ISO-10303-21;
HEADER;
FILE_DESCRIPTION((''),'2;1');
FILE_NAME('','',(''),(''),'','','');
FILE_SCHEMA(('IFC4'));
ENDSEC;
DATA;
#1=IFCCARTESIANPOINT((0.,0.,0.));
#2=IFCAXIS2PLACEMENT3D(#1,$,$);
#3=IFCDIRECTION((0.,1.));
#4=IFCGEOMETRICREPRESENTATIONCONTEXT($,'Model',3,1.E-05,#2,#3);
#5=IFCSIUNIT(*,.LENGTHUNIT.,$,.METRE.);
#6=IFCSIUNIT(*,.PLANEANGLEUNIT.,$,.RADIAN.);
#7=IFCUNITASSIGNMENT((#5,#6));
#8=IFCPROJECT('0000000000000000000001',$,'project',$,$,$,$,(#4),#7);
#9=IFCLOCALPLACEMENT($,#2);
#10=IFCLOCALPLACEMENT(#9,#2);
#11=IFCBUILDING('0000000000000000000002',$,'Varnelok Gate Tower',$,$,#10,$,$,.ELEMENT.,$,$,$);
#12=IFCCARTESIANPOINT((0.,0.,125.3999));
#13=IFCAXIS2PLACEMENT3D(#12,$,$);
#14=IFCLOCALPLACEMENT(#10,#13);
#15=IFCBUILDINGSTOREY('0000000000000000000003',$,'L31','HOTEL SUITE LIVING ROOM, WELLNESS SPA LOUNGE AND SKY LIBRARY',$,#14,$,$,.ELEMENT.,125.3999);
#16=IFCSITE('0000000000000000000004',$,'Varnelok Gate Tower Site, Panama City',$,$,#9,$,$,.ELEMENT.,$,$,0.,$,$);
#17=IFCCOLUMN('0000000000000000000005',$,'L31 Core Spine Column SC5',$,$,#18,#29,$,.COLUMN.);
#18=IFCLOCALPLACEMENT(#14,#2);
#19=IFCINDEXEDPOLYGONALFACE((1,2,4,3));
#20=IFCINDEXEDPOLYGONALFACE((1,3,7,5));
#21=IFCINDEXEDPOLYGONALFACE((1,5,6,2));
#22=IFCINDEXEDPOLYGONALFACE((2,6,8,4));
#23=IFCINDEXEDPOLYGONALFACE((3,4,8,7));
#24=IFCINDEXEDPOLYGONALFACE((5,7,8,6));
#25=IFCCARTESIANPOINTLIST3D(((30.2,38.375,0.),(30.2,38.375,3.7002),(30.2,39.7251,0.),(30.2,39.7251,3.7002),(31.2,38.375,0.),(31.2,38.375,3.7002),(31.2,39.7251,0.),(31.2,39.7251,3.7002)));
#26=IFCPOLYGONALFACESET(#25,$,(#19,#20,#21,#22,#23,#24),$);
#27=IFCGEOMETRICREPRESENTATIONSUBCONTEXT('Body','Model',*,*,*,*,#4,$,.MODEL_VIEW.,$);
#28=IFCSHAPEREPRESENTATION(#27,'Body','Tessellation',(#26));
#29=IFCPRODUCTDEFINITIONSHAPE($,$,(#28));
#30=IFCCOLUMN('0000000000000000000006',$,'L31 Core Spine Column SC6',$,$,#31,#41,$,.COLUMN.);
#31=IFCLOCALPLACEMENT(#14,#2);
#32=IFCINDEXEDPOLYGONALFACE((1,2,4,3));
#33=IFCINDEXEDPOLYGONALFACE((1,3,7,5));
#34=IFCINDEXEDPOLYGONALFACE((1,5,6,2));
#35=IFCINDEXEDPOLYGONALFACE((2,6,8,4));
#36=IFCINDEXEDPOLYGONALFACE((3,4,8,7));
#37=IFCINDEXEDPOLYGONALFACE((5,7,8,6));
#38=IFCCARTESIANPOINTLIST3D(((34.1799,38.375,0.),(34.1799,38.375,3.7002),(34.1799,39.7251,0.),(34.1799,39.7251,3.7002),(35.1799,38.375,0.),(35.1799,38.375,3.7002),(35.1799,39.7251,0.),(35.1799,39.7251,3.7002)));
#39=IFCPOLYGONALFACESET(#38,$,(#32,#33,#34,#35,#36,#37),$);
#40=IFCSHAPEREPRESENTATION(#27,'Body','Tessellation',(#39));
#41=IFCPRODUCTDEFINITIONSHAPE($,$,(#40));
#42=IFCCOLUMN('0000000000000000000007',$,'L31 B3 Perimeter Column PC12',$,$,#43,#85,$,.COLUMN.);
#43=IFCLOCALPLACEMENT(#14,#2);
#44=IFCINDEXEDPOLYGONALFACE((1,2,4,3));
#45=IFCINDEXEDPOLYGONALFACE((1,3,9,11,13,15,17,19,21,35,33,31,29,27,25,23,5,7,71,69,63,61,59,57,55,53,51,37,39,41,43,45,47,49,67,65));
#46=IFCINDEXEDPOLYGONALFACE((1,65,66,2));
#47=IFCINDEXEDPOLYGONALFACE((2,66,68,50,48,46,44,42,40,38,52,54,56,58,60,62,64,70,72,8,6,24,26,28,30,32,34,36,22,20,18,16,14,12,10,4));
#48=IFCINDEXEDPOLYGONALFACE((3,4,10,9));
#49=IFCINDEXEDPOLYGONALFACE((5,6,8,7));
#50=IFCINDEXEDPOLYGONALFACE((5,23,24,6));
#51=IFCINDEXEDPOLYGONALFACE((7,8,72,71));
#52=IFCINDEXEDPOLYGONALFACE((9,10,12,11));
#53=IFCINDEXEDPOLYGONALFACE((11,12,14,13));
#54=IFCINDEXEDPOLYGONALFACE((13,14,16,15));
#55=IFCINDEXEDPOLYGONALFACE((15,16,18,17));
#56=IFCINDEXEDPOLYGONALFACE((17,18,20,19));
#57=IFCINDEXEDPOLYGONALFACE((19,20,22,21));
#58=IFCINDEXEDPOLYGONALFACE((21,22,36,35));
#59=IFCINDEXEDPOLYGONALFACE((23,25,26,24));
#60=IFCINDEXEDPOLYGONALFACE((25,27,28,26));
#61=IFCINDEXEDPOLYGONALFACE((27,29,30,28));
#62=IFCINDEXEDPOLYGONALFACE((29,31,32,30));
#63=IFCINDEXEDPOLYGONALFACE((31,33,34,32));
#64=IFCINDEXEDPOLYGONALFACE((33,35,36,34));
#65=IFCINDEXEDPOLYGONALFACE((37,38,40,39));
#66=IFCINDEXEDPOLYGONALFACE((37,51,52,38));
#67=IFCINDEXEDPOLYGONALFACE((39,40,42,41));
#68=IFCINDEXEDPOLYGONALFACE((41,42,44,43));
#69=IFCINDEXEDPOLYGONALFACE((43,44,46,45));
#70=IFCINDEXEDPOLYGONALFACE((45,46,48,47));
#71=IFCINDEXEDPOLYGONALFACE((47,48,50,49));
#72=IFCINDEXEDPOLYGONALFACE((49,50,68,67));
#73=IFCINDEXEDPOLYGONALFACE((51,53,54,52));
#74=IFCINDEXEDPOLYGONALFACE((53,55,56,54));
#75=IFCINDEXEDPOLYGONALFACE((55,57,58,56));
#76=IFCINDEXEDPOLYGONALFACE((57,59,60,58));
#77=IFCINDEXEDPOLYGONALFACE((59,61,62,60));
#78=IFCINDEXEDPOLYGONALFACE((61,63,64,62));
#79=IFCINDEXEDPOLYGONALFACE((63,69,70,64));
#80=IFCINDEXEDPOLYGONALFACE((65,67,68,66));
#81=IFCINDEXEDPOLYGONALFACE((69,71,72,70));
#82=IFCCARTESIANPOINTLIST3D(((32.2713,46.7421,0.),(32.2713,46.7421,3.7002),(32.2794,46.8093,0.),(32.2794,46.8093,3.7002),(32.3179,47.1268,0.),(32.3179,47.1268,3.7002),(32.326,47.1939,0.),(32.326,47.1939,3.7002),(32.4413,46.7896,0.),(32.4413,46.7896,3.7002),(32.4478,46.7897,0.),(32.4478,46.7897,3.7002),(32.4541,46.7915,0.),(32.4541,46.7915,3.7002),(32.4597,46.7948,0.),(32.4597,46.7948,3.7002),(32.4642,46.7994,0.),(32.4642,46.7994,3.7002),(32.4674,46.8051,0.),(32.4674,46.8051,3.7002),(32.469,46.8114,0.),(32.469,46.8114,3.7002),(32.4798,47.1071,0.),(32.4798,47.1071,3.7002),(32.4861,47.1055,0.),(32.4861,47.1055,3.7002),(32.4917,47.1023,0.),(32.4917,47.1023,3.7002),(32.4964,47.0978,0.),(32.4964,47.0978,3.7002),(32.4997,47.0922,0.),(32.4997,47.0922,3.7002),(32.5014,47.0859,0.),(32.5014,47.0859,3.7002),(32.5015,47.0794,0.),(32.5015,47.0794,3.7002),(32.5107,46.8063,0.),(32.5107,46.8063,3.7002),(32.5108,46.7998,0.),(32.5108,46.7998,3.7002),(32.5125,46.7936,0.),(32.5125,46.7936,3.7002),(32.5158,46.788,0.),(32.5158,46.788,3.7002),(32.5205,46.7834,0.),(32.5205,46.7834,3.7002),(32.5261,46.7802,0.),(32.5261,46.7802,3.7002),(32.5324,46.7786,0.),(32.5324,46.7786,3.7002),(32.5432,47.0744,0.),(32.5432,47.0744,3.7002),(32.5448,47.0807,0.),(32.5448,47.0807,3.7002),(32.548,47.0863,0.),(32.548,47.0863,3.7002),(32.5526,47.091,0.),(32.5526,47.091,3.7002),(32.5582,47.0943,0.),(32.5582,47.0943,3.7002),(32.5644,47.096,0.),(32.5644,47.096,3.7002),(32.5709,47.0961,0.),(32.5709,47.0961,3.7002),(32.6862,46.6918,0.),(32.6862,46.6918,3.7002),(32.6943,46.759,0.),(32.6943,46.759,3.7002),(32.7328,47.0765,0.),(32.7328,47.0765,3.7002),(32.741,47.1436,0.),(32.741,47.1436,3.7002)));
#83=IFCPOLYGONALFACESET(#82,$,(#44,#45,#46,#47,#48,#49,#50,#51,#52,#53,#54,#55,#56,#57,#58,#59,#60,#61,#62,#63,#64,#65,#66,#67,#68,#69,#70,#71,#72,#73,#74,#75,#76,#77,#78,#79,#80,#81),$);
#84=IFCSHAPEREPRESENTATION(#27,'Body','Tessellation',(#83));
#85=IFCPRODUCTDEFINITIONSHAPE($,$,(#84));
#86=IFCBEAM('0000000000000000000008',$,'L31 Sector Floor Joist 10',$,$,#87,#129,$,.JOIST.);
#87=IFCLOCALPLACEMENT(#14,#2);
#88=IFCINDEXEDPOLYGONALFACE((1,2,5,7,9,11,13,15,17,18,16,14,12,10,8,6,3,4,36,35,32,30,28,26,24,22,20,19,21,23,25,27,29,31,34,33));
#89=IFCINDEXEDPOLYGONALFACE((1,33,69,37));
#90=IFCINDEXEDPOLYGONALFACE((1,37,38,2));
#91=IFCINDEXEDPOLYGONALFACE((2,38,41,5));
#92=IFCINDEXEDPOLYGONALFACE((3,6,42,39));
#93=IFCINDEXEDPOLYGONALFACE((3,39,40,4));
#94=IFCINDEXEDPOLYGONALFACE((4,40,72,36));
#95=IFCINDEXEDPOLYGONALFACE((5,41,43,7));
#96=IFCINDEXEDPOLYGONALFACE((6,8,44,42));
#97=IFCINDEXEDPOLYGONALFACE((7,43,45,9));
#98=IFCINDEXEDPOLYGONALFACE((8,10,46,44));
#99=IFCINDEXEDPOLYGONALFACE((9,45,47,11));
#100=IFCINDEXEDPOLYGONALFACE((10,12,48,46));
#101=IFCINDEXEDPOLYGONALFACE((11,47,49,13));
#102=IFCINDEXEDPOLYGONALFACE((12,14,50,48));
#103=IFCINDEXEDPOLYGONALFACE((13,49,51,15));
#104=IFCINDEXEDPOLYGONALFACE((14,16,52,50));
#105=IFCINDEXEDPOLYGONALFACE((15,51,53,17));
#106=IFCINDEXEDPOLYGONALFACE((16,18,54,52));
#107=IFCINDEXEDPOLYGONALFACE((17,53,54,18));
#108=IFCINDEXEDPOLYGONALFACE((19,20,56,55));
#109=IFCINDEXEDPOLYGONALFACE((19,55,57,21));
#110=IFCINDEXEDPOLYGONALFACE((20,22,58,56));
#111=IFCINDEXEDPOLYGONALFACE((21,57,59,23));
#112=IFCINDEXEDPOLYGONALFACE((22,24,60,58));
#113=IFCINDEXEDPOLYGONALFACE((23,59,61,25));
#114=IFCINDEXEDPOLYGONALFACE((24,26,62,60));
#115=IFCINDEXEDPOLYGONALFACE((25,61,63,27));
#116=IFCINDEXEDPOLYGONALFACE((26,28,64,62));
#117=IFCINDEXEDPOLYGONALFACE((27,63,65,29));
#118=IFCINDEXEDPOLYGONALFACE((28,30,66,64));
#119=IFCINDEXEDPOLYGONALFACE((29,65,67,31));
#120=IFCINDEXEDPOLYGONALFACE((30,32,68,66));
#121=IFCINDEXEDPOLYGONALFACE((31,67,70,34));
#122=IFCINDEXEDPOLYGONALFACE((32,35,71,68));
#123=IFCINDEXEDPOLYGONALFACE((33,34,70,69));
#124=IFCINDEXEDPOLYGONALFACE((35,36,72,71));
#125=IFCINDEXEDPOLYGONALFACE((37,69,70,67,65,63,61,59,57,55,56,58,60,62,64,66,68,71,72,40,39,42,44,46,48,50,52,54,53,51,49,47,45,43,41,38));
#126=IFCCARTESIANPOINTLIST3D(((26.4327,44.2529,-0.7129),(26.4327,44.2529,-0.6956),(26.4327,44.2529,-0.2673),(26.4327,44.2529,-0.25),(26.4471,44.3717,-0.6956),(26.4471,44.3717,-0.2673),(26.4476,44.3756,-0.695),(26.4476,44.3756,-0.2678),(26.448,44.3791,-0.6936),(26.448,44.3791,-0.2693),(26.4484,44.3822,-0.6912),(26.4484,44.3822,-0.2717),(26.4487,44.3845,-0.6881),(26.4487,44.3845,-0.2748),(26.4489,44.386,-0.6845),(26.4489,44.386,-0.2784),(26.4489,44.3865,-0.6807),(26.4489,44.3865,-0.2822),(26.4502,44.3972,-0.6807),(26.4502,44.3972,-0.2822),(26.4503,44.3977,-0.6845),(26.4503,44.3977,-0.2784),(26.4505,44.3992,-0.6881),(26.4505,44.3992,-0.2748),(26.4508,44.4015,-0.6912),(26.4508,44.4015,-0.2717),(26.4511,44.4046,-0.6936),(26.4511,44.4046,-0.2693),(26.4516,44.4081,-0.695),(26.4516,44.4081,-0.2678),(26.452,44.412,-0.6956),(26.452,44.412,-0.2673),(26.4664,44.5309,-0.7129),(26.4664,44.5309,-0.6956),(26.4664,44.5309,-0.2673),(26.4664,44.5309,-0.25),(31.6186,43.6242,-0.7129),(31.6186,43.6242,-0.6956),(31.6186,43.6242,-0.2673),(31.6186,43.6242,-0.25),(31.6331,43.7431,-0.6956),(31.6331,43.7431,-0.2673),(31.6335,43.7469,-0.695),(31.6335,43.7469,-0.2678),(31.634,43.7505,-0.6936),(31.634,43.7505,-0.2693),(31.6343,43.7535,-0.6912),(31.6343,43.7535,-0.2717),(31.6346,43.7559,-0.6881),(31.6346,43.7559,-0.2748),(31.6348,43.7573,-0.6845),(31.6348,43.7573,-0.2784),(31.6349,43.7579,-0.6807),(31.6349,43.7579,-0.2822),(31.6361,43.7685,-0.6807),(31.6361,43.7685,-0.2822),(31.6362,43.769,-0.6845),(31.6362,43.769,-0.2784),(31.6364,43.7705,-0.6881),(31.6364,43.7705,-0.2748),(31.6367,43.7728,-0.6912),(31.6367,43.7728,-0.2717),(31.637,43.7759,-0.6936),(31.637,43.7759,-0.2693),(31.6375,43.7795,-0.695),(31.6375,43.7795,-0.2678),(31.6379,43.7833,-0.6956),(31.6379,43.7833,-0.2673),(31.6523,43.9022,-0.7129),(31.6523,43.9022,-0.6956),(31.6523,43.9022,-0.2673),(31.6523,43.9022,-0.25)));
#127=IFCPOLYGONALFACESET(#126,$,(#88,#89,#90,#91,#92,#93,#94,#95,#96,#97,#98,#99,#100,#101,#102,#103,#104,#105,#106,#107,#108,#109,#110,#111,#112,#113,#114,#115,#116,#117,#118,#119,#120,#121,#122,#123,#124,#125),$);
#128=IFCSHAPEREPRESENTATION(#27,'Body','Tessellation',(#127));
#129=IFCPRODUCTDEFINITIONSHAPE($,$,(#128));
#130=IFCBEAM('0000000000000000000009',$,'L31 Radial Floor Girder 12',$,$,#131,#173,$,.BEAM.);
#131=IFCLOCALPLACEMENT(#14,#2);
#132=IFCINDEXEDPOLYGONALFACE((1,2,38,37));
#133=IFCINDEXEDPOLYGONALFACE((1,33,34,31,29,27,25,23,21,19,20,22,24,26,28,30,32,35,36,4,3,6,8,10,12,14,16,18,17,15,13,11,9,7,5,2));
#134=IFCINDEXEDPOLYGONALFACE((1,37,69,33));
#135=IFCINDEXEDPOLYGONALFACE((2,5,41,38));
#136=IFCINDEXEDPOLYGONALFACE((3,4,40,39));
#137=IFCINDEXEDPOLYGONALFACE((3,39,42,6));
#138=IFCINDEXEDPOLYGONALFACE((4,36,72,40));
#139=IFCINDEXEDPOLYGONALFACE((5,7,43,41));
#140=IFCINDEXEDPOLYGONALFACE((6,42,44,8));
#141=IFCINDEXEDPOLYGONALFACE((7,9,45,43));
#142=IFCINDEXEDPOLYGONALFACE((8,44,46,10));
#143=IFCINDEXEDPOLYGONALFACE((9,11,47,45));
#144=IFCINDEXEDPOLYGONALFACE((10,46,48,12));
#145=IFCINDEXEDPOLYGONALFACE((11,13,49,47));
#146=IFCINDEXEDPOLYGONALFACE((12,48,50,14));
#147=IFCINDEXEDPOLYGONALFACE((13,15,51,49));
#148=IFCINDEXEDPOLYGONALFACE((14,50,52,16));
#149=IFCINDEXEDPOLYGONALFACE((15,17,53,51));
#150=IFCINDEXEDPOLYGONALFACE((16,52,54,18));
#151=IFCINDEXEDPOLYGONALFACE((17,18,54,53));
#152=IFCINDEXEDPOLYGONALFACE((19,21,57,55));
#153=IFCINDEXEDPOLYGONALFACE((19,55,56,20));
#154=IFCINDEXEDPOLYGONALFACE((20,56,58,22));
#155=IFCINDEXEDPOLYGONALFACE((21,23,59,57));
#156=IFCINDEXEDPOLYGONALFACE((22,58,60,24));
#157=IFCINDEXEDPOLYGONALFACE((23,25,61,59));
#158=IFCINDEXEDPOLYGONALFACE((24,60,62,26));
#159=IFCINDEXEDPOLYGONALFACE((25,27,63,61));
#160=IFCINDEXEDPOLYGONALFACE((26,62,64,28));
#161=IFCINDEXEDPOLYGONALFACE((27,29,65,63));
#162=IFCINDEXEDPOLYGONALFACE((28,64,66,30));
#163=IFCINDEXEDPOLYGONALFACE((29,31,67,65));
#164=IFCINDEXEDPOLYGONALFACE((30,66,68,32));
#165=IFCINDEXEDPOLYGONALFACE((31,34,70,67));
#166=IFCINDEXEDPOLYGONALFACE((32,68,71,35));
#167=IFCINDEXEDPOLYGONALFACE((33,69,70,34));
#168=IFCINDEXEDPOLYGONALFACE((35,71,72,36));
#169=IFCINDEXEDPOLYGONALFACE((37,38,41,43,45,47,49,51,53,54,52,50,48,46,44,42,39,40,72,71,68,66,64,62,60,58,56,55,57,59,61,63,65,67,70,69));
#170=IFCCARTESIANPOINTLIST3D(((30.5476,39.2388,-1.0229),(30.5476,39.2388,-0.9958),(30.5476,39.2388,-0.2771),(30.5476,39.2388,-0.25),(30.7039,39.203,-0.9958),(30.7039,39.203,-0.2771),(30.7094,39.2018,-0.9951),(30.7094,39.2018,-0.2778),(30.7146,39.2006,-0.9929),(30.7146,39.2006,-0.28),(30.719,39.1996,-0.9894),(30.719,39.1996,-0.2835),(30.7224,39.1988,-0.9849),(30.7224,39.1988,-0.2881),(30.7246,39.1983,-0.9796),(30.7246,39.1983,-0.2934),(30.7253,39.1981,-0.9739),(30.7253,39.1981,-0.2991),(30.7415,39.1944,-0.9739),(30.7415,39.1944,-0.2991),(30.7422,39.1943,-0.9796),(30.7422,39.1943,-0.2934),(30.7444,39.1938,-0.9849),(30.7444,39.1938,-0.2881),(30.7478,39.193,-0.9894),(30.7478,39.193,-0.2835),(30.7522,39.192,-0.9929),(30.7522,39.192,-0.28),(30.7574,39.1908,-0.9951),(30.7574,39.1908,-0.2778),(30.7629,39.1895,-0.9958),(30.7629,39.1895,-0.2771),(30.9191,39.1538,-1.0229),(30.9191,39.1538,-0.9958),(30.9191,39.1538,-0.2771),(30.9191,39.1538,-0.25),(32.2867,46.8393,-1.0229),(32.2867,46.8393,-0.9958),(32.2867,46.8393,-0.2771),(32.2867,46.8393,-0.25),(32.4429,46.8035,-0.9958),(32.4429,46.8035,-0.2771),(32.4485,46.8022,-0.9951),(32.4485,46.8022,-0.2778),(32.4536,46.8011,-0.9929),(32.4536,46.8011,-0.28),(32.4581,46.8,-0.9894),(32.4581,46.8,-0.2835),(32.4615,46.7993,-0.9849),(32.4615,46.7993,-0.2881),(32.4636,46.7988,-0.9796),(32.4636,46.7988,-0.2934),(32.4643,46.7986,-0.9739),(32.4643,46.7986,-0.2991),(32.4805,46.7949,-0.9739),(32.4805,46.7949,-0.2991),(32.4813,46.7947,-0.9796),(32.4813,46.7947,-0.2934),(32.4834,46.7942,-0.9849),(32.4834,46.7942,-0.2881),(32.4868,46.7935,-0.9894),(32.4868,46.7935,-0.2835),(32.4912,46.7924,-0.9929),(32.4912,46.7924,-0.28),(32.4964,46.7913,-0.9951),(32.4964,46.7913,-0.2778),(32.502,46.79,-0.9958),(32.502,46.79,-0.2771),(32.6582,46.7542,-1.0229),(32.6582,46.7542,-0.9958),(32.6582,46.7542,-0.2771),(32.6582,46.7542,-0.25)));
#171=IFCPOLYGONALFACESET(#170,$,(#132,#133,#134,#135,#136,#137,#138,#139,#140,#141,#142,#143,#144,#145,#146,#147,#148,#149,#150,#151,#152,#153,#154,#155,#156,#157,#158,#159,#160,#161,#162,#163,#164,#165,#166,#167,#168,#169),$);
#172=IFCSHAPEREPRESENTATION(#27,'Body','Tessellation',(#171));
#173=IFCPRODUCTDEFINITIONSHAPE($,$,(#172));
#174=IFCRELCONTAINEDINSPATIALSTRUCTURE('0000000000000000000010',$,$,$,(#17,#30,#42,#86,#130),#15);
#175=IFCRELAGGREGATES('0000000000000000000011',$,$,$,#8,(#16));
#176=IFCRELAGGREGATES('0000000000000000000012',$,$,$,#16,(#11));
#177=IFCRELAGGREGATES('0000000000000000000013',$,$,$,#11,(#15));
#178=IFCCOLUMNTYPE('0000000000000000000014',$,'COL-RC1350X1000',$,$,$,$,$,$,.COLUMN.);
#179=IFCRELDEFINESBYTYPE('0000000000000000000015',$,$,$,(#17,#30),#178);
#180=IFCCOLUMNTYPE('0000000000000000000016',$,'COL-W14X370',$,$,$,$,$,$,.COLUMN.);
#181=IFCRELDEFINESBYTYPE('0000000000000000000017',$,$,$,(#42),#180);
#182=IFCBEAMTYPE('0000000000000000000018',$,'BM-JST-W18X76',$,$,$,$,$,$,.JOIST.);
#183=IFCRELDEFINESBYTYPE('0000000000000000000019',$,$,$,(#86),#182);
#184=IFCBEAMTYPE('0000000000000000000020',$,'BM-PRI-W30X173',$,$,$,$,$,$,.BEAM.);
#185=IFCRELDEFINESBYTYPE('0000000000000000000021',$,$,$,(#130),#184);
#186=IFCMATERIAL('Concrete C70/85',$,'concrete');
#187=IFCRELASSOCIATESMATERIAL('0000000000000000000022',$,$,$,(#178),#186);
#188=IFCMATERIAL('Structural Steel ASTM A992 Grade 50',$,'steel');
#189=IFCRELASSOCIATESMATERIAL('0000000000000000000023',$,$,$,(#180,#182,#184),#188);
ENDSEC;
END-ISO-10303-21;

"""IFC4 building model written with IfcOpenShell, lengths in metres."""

from ifc_helpers import new_model, si_unit, direction, frame, origin, origin_2d, place, context, subcontext, project, spatial, rectangle, i_section, extrude, material, material_profile, profile_set, type_object, element, save


model = new_model("IFC4")

# Units and contexts
model_context = context("Model", 3, precision=1e-05, world=origin(), true_north=direction((0.0, 1.0)))
body_context = subcontext(model_context, "Body", "Model", "MODEL_VIEW")
ifc_project = project(units=[si_unit("LENGTHUNIT", "METRE"), si_unit("PLANEANGLEUNIT", "RADIAN")], contexts=[model_context])

# Site, building, storey
site_placement = place(None, origin())
site = spatial("IfcSite", under=ifc_project, at=site_placement, Name="Varnelok Gate Tower Site, Panama City", CompositionType="ELEMENT", RefElevation=0.0)
building_placement = place(site_placement, origin())
building = spatial("IfcBuilding", under=site, at=building_placement, Name="Varnelok Gate Tower", CompositionType="ELEMENT")
storey_placement = place(building_placement, frame((0.0, 0.0, 125.3999)))
storey = spatial("IfcBuildingStorey", under=building, at=storey_placement, Name="L31", Description="HOTEL SUITE LIVING ROOM, WELLNESS SPA LOUNGE AND SKY LIBRARY", CompositionType="ELEMENT", Elevation=125.3999)

# Columns
ifc_material_1 = material(Name="Concrete C70/85", Category="concrete")
ifc_material_profile_1 = material_profile(ifc_material_1, rectangle(XDim=1.0, YDim=1.3501, at=origin_2d()), Name="RC1350X1000")
ifc_profile_set_1 = profile_set([ifc_material_profile_1], Name="Concrete C70/85")
column_type_1 = type_object("IfcColumnType", Name="COL-RC1350X1000", PredefinedType="COLUMN", material=ifc_profile_set_1)
for number, where, z_axis, x_axis, name in (
    (1, (30.7, 39.05, 0.0), (0.0, 0.0, 1.0), (1.0, 0.0, 0.0), "L31 Core Spine Column SC5"),
    (2, (34.6799, 39.05, 0.0), (0.0, 0.0, 1.0), (1.0, 0.0, 0.0), "L31 Core Spine Column SC6"),
):
    element("IfcColumn", number, at=place(storey_placement, frame(where, z_axis=z_axis, x_axis=x_axis)), inside=storey, type_object=column_type_1, Name=name, PredefinedType="COLUMN", context=body_context, shape_type="SweptSolid", body=[
        extrude(rectangle(XDim=1.0, YDim=1.3501, at=origin_2d()), origin(), (0.0, 0.0, 1.0), 3.7002),
    ])
ifc_material_2 = material(Name="Structural Steel ASTM A992 Grade 50", Category="steel")
ifc_material_profile_2 = material_profile(ifc_material_2, i_section(OverallWidth=0.418, OverallDepth=0.4551, WebThickness=0.042, FlangeThickness=0.0676, FilletRadius=0.0249, at=origin_2d()), Name="W14X370")
ifc_profile_set_2 = profile_set([ifc_material_profile_2], Name="Structural Steel ASTM A992 Grade 50")
column_type_2 = type_object("IfcColumnType", Name="COL-W14X370", PredefinedType="COLUMN", material=ifc_profile_set_2)
column_placement = place(storey_placement, frame((32.5061, 46.9429, 0.0), z_axis=(0.0, 0.0, 1.0), x_axis=(0.992732, -0.120345, 0.0)))
element("IfcColumn", 3, at=column_placement, inside=storey, type_object=column_type_2, Name="L31 B3 Perimeter Column PC12", PredefinedType="COLUMN", context=body_context, shape_type="SweptSolid", body=[
    extrude(i_section(OverallWidth=0.418, OverallDepth=0.4551, WebThickness=0.042, FlangeThickness=0.0676, FilletRadius=0.0249, at=origin_2d()), origin(), (0.0, 0.0, 1.0), 3.7002),
])

# Beams
ifc_material_profile_3 = material_profile(ifc_material_2, i_section(OverallWidth=0.28, OverallDepth=0.4629, WebThickness=0.0107, FlangeThickness=0.0173, FilletRadius=0.0149, at=origin_2d()), Name="W18X76")
ifc_profile_set_3 = profile_set([ifc_material_profile_3], Name="Structural Steel ASTM A992 Grade 50")
beam_type_1 = type_object("IfcBeamType", Name="BM-JST-W18X76", PredefinedType="JOIST", material=ifc_profile_set_3)
beam_1_placement = place(storey_placement, frame((31.6355, 43.7632, -0.4814), z_axis=(-0.992732, 0.120347, 0.0), x_axis=(-0.120347, -0.992732, 0.0)))
element("IfcBeam", 4, at=beam_1_placement, inside=storey, type_object=beam_type_1, Name="L31 Sector Floor Joist 10", PredefinedType="JOIST", context=body_context, shape_type="SweptSolid", body=[
    extrude(i_section(OverallWidth=0.28, OverallDepth=0.4629, WebThickness=0.0107, FlangeThickness=0.0173, FilletRadius=0.0149, at=origin_2d()), origin(), (0.0, 0.0, 1.0), 5.2239),
])
ifc_material_profile_4 = material_profile(ifc_material_2, i_section(OverallWidth=0.3811, OverallDepth=0.7729, WebThickness=0.0166, FlangeThickness=0.0271, FilletRadius=0.022, at=origin_2d()), Name="W30X173")
ifc_profile_set_4 = profile_set([ifc_material_profile_4], Name="Structural Steel ASTM A992 Grade 50")
beam_type_2 = type_object("IfcBeamType", Name="BM-PRI-W30X173", PredefinedType="BEAM", material=ifc_profile_set_4)
beam_2_placement = place(storey_placement, frame((30.7334, 39.1963, -0.6365), z_axis=(0.223043, 0.974809, 0.0), x_axis=(-0.974809, 0.223043, 0.0)))
element("IfcBeam", 5, at=beam_2_placement, inside=storey, type_object=beam_type_2, Name="L31 Radial Floor Girder 12", PredefinedType="BEAM", context=body_context, shape_type="SweptSolid", body=[
    extrude(i_section(OverallWidth=0.3811, OverallDepth=0.7729, WebThickness=0.0166, FlangeThickness=0.0271, FilletRadius=0.022, at=origin_2d()), origin(), (0.0, 0.0, 1.0), 7.7969),
])

save(model, "model.ifc")
